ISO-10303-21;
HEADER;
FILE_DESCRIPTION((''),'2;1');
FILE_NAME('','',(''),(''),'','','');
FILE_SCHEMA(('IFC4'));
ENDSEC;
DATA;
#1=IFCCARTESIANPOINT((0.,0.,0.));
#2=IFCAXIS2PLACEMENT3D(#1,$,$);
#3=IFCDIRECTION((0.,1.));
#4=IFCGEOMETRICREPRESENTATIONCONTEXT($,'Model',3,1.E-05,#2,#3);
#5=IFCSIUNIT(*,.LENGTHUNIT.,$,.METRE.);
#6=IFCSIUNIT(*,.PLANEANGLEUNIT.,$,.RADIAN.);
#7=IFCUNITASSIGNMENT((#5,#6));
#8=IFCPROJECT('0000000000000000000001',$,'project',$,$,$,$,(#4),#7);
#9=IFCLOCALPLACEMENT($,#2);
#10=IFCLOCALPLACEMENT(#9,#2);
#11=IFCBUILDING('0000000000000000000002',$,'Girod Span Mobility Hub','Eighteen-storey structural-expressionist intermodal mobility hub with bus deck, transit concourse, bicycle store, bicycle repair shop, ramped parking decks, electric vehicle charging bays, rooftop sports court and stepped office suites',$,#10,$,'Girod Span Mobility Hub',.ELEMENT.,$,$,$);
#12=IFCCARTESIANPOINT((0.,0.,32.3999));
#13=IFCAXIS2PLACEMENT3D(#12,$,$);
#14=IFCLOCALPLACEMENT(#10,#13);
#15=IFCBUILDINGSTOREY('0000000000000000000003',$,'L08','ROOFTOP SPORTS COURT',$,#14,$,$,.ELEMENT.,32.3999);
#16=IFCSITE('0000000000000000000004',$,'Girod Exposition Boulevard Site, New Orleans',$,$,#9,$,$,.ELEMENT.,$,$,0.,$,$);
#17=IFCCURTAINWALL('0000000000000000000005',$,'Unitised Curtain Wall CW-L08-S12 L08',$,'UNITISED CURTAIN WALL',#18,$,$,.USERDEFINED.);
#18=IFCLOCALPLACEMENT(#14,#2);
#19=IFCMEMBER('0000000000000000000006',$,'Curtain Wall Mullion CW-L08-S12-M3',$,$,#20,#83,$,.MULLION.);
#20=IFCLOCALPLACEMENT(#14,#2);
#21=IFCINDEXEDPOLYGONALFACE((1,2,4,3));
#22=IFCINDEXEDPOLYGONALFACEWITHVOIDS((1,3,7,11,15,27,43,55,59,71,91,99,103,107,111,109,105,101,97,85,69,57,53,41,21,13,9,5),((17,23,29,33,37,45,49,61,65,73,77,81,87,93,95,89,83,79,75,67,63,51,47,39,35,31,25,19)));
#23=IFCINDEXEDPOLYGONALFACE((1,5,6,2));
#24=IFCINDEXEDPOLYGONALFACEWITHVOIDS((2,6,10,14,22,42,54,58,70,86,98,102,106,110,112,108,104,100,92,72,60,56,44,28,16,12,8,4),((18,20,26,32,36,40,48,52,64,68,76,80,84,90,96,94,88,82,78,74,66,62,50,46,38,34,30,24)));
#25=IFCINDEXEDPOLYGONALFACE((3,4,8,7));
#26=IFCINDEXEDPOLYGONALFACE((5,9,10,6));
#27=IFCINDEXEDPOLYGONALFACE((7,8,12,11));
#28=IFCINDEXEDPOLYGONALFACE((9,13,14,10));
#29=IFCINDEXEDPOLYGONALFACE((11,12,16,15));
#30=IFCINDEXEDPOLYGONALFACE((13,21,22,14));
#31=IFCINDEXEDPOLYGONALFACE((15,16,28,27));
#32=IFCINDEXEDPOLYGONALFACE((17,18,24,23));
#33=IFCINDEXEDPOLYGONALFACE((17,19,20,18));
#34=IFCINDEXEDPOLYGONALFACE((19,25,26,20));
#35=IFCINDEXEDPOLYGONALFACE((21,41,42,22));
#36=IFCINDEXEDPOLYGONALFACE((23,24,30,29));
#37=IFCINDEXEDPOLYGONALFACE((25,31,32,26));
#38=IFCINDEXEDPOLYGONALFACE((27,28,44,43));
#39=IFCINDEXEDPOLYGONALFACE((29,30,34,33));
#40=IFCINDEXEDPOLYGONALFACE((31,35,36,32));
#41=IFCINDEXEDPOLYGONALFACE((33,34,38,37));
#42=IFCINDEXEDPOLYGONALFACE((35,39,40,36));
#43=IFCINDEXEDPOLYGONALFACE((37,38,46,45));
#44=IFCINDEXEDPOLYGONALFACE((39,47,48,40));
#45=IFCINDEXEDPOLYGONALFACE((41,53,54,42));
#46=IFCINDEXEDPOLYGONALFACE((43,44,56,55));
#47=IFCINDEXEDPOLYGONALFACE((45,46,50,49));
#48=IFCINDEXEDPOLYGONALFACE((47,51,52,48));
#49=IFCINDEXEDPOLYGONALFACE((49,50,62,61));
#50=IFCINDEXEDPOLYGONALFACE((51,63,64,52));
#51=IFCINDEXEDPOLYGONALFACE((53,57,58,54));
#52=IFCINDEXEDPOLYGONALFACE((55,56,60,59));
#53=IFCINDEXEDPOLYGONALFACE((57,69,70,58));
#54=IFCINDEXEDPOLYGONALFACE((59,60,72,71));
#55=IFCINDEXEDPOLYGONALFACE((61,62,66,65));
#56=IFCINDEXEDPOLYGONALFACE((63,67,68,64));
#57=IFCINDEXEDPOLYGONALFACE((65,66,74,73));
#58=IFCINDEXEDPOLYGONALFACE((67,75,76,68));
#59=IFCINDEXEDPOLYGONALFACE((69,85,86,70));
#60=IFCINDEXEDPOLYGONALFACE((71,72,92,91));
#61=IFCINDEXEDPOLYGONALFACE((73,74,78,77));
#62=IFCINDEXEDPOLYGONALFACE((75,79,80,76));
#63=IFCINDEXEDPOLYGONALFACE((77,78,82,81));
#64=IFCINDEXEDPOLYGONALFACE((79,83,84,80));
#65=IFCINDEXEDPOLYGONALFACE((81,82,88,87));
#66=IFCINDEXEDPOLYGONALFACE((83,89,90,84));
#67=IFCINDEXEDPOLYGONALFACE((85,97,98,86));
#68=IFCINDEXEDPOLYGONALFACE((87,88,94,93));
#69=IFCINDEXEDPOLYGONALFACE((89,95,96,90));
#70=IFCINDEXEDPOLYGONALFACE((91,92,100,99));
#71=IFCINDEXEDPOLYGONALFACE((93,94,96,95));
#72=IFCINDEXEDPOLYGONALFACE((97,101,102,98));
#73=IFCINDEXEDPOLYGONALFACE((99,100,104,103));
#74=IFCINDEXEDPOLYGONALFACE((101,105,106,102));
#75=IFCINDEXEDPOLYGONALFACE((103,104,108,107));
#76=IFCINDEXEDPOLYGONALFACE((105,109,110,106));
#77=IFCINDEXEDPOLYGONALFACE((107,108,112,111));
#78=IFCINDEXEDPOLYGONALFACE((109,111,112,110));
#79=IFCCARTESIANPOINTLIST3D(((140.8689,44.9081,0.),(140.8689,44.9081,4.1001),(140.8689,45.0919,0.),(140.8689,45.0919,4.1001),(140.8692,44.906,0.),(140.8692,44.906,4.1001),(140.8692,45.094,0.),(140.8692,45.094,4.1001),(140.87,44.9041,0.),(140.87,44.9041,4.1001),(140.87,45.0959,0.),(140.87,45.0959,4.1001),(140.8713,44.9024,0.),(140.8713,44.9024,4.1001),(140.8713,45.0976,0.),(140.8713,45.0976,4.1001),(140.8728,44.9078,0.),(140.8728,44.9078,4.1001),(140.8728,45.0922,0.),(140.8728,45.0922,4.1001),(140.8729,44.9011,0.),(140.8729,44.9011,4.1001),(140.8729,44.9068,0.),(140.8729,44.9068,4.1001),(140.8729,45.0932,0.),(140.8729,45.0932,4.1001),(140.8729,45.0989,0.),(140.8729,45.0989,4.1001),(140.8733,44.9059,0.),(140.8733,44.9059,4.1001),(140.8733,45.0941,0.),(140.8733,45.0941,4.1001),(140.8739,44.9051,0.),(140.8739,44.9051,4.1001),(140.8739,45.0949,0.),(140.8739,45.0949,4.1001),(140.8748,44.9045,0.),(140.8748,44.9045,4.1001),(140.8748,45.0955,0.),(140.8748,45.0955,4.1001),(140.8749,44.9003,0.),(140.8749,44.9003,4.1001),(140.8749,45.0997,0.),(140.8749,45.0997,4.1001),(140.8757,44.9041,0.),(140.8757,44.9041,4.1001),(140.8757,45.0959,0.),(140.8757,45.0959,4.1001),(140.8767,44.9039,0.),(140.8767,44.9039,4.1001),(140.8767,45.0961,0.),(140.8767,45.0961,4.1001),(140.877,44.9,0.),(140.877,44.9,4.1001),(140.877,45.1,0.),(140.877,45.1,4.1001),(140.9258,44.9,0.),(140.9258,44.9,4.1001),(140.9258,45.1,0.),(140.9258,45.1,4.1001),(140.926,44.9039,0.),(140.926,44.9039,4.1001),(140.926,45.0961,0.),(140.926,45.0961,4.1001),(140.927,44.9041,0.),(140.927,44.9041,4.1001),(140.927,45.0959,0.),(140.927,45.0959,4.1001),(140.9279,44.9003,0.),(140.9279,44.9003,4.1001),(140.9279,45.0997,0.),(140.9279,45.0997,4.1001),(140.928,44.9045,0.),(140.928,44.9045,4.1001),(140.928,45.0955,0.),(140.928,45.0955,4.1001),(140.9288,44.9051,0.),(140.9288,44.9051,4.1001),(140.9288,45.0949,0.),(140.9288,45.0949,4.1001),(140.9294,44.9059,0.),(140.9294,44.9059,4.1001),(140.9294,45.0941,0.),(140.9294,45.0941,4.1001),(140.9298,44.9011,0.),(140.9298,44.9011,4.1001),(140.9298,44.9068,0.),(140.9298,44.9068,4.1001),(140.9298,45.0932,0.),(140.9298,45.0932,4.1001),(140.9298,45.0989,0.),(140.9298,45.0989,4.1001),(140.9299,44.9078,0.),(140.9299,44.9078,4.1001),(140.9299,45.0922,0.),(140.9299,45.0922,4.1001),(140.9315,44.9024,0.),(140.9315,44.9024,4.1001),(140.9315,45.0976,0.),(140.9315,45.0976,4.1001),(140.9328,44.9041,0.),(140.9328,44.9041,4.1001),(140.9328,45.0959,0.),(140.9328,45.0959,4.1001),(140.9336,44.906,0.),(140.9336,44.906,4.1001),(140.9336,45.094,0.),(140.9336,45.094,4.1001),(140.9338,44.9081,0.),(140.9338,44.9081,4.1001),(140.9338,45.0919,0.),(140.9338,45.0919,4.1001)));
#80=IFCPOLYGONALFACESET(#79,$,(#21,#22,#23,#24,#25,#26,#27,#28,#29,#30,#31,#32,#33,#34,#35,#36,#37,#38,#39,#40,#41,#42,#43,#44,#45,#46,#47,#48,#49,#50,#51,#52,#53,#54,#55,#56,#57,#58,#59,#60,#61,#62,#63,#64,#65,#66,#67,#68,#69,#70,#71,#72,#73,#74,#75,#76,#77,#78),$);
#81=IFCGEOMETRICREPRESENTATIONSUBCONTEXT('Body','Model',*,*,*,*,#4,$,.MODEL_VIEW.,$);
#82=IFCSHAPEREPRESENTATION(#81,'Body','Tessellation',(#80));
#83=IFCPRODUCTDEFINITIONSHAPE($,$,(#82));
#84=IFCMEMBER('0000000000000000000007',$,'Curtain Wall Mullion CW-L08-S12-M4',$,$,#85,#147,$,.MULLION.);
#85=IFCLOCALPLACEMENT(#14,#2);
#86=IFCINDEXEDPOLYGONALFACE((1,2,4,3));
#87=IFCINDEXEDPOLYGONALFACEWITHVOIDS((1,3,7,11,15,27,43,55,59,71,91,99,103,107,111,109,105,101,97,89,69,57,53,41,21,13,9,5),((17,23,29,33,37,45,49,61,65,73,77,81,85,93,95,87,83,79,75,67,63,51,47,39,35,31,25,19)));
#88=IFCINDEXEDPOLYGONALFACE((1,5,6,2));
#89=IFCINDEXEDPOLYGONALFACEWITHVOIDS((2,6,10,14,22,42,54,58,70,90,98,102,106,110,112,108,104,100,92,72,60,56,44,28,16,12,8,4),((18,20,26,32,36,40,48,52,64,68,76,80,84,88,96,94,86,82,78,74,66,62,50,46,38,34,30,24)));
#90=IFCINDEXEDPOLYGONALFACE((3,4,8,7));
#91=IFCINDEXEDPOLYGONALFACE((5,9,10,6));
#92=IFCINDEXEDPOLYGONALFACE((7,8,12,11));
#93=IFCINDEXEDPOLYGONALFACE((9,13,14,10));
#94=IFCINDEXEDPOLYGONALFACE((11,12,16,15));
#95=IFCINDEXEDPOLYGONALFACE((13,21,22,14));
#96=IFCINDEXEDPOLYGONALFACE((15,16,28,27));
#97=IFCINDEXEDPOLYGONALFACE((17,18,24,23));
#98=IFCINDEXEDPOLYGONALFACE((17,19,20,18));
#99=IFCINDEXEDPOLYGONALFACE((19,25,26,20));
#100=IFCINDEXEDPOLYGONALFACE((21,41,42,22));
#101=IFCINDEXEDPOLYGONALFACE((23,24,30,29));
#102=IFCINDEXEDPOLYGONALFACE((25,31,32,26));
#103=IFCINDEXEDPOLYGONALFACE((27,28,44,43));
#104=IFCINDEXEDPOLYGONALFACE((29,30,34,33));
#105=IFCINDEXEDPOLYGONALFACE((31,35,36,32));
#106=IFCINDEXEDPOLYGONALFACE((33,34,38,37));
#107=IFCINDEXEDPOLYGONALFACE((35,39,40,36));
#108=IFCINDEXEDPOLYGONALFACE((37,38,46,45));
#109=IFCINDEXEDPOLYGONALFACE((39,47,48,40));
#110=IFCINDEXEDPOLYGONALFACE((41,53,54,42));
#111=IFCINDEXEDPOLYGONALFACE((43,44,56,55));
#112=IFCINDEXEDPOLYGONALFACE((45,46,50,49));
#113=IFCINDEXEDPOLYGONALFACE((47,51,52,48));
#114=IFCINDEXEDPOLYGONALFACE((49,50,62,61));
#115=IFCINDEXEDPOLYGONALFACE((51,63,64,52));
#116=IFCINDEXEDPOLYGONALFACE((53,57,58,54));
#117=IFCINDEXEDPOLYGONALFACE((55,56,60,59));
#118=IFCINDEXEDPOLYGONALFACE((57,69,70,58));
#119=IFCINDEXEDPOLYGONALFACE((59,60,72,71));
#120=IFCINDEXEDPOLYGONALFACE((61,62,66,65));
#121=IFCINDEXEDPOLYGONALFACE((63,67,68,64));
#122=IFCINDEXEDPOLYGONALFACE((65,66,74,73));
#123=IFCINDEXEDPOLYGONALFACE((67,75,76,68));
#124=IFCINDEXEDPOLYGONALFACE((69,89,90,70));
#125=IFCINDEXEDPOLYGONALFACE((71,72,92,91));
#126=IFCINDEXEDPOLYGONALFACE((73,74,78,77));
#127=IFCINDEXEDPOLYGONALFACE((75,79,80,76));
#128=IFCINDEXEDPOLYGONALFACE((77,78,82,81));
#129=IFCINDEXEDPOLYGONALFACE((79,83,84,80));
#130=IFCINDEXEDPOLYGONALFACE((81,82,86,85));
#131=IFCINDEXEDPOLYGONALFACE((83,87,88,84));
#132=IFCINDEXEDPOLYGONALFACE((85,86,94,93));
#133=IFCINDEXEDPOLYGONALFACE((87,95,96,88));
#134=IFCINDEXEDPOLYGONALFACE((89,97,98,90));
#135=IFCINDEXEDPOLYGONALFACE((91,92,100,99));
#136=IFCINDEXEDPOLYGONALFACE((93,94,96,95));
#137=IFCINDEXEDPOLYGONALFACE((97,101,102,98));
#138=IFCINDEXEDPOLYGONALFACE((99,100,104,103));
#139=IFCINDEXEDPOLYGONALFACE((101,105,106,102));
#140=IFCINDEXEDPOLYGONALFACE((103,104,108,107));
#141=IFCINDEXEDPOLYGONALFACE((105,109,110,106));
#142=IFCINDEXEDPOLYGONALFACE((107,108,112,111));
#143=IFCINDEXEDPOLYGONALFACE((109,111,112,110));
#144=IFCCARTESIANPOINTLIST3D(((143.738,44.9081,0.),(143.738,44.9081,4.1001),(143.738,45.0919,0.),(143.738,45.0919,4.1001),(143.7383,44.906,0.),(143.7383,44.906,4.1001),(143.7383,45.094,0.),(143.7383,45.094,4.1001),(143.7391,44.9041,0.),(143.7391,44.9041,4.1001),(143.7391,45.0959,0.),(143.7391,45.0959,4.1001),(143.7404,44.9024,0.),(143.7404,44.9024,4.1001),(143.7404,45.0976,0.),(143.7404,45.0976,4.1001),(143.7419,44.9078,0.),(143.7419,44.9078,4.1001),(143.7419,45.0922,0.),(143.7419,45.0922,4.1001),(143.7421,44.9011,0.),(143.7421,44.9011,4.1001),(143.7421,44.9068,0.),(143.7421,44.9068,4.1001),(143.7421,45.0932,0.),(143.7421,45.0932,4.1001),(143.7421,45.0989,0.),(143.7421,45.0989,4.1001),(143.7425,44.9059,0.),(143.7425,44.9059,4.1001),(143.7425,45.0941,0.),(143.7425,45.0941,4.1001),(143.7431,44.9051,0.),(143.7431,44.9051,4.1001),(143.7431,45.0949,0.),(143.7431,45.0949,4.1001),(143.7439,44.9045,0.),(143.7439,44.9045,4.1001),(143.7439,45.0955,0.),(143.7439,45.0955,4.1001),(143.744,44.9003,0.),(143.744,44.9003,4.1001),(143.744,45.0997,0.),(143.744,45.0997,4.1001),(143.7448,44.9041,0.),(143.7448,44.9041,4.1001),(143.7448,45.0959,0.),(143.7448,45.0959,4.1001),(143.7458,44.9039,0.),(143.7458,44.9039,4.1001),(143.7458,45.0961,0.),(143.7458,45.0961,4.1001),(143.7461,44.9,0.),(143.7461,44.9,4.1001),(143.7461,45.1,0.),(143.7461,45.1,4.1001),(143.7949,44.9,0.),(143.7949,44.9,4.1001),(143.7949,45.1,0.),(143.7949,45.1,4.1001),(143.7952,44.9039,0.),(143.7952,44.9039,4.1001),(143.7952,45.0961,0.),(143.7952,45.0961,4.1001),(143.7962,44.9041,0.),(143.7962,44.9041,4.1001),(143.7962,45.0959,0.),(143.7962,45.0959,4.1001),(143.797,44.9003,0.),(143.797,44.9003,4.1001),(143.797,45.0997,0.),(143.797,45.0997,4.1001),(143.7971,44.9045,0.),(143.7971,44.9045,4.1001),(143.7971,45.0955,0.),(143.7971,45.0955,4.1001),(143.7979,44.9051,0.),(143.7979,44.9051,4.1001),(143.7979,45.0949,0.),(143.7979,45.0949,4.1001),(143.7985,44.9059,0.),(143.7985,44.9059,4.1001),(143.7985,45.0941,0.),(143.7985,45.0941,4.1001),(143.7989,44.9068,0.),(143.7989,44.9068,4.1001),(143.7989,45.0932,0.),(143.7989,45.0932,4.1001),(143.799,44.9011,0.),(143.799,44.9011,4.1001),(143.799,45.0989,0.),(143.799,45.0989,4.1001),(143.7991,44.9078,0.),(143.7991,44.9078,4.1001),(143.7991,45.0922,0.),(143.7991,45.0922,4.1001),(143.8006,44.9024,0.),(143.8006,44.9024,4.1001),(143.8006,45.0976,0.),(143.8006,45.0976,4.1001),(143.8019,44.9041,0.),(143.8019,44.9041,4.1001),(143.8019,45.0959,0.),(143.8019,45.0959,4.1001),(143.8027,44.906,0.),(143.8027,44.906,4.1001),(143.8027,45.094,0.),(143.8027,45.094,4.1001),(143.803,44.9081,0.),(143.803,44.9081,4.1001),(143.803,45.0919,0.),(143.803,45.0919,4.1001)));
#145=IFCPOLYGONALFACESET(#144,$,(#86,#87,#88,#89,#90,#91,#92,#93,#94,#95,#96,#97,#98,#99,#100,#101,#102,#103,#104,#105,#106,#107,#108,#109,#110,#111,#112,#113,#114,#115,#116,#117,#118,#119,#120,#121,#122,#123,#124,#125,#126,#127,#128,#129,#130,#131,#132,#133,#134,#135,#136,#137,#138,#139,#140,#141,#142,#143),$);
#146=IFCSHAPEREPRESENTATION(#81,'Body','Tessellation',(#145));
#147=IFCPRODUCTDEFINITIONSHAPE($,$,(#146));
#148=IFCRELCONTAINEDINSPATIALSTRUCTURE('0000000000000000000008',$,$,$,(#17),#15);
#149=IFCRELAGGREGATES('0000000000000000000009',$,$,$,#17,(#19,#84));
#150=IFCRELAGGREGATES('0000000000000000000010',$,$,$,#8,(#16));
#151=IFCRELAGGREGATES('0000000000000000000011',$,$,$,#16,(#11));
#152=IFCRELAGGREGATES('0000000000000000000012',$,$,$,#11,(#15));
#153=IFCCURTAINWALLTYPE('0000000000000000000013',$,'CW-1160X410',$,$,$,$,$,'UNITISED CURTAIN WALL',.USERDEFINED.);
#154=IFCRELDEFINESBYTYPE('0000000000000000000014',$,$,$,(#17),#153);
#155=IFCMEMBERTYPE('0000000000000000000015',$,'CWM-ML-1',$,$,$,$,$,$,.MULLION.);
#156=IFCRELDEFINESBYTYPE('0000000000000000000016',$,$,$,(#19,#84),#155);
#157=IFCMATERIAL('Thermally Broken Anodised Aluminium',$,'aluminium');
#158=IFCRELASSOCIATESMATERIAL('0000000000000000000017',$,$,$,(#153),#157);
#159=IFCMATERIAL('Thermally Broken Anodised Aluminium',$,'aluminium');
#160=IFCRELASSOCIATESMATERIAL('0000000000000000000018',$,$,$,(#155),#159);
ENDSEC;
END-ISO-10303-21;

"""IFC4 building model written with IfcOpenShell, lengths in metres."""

from ifc_helpers import new_model, si_unit, direction, frame, origin, origin_2d, place, context, subcontext, project, spatial, hollow_rectangle, extrude, material, material_profile, profile_set, type_object, element, aggregate, save


model = new_model("IFC4")

# Units and contexts
model_context = context("Model", 3, precision=1e-05, world=origin(), true_north=direction((0.0, 1.0)))
body_context = subcontext(model_context, "Body", "Model", "MODEL_VIEW")
ifc_project = project(units=[si_unit("LENGTHUNIT", "METRE"), si_unit("PLANEANGLEUNIT", "RADIAN")], contexts=[model_context])

# Site, building, storey
site_placement = place(None, origin())
site = spatial("IfcSite", under=ifc_project, at=site_placement, Name="Girod Exposition Boulevard Site, New Orleans", CompositionType="ELEMENT", RefElevation=0.0)
building_placement = place(site_placement, origin())
building = spatial("IfcBuilding", under=site, at=building_placement, Name="Girod Span Mobility Hub", Description="Eighteen-storey structural-expressionist intermodal mobility hub with bus deck, transit concourse, bicycle store, bicycle repair shop, ramped parking decks, electric vehicle charging bays, rooftop sports court and stepped office suites", LongName="Girod Span Mobility Hub", CompositionType="ELEMENT")
storey_placement = place(building_placement, frame((0.0, 0.0, 32.3999)))
storey = spatial("IfcBuildingStorey", under=building, at=storey_placement, Name="L08", Description="ROOFTOP SPORTS COURT", CompositionType="ELEMENT", Elevation=32.3999)

# Curtain wall, members
ifc_material_1 = material(Name="Thermally Broken Anodised Aluminium", Category="aluminium")
curtain_wall_type_1 = type_object("IfcCurtainWallType", Name="CW-1160X410", ElementType="UNITISED CURTAIN WALL", PredefinedType="USERDEFINED", material=ifc_material_1)
curtain_wall_1_placement = place(storey_placement, origin())
curtain_wall_1 = element("IfcCurtainWall", 1, at=curtain_wall_1_placement, inside=storey, type_object=curtain_wall_type_1, Name="Unitised Curtain Wall CW-L08-S12 L08", ObjectType="UNITISED CURTAIN WALL", PredefinedType="USERDEFINED")
ifc_material_2 = material(Name="Thermally Broken Anodised Aluminium", Category="aluminium")
ifc_material_profile_1 = material_profile(ifc_material_2, hollow_rectangle(XDim=0.2, YDim=0.0649, WallThickness=0.0039, InnerFilletRadius=0.0039, OuterFilletRadius=0.0081, at=origin_2d()), Name="CW-ML-65X200")
ifc_profile_set_1 = profile_set([ifc_material_profile_1], Name="Thermally Broken Anodised Aluminium")
member_type_1 = type_object("IfcMemberType", Name="CWM-ML-1", PredefinedType="MULLION", material=ifc_profile_set_1)
member_1_placement = place(storey_placement, frame((140.9014, 45.0, 0.0), z_axis=(0.0, 0.0, 1.0), x_axis=(0.0, 1.0, 0.0)))
member_1 = element("IfcMember", 2, at=member_1_placement, type_object=member_type_1, Name="Curtain Wall Mullion CW-L08-S12-M3", PredefinedType="MULLION", context=body_context, shape_type="SweptSolid", body=[
    extrude(hollow_rectangle(XDim=0.2, YDim=0.0649, WallThickness=0.0039, InnerFilletRadius=0.0039, OuterFilletRadius=0.0081, at=origin_2d()), origin(), (0.0, 0.0, 1.0), 4.1001),
])
member_2_placement = place(storey_placement, frame((143.7705, 45.0, 0.0), z_axis=(0.0, 0.0, 1.0), x_axis=(0.0, 1.0, 0.0)))
member_2 = element("IfcMember", 3, at=member_2_placement, type_object=member_type_1, Name="Curtain Wall Mullion CW-L08-S12-M4", PredefinedType="MULLION", context=body_context, shape_type="SweptSolid", body=[
    extrude(hollow_rectangle(XDim=0.2, YDim=0.0649, WallThickness=0.0039, InnerFilletRadius=0.0039, OuterFilletRadius=0.0081, at=origin_2d()), origin(), (0.0, 0.0, 1.0), 4.1001),
])

aggregate(curtain_wall_1, [member_1, member_2])

save(model, "model.ifc")
